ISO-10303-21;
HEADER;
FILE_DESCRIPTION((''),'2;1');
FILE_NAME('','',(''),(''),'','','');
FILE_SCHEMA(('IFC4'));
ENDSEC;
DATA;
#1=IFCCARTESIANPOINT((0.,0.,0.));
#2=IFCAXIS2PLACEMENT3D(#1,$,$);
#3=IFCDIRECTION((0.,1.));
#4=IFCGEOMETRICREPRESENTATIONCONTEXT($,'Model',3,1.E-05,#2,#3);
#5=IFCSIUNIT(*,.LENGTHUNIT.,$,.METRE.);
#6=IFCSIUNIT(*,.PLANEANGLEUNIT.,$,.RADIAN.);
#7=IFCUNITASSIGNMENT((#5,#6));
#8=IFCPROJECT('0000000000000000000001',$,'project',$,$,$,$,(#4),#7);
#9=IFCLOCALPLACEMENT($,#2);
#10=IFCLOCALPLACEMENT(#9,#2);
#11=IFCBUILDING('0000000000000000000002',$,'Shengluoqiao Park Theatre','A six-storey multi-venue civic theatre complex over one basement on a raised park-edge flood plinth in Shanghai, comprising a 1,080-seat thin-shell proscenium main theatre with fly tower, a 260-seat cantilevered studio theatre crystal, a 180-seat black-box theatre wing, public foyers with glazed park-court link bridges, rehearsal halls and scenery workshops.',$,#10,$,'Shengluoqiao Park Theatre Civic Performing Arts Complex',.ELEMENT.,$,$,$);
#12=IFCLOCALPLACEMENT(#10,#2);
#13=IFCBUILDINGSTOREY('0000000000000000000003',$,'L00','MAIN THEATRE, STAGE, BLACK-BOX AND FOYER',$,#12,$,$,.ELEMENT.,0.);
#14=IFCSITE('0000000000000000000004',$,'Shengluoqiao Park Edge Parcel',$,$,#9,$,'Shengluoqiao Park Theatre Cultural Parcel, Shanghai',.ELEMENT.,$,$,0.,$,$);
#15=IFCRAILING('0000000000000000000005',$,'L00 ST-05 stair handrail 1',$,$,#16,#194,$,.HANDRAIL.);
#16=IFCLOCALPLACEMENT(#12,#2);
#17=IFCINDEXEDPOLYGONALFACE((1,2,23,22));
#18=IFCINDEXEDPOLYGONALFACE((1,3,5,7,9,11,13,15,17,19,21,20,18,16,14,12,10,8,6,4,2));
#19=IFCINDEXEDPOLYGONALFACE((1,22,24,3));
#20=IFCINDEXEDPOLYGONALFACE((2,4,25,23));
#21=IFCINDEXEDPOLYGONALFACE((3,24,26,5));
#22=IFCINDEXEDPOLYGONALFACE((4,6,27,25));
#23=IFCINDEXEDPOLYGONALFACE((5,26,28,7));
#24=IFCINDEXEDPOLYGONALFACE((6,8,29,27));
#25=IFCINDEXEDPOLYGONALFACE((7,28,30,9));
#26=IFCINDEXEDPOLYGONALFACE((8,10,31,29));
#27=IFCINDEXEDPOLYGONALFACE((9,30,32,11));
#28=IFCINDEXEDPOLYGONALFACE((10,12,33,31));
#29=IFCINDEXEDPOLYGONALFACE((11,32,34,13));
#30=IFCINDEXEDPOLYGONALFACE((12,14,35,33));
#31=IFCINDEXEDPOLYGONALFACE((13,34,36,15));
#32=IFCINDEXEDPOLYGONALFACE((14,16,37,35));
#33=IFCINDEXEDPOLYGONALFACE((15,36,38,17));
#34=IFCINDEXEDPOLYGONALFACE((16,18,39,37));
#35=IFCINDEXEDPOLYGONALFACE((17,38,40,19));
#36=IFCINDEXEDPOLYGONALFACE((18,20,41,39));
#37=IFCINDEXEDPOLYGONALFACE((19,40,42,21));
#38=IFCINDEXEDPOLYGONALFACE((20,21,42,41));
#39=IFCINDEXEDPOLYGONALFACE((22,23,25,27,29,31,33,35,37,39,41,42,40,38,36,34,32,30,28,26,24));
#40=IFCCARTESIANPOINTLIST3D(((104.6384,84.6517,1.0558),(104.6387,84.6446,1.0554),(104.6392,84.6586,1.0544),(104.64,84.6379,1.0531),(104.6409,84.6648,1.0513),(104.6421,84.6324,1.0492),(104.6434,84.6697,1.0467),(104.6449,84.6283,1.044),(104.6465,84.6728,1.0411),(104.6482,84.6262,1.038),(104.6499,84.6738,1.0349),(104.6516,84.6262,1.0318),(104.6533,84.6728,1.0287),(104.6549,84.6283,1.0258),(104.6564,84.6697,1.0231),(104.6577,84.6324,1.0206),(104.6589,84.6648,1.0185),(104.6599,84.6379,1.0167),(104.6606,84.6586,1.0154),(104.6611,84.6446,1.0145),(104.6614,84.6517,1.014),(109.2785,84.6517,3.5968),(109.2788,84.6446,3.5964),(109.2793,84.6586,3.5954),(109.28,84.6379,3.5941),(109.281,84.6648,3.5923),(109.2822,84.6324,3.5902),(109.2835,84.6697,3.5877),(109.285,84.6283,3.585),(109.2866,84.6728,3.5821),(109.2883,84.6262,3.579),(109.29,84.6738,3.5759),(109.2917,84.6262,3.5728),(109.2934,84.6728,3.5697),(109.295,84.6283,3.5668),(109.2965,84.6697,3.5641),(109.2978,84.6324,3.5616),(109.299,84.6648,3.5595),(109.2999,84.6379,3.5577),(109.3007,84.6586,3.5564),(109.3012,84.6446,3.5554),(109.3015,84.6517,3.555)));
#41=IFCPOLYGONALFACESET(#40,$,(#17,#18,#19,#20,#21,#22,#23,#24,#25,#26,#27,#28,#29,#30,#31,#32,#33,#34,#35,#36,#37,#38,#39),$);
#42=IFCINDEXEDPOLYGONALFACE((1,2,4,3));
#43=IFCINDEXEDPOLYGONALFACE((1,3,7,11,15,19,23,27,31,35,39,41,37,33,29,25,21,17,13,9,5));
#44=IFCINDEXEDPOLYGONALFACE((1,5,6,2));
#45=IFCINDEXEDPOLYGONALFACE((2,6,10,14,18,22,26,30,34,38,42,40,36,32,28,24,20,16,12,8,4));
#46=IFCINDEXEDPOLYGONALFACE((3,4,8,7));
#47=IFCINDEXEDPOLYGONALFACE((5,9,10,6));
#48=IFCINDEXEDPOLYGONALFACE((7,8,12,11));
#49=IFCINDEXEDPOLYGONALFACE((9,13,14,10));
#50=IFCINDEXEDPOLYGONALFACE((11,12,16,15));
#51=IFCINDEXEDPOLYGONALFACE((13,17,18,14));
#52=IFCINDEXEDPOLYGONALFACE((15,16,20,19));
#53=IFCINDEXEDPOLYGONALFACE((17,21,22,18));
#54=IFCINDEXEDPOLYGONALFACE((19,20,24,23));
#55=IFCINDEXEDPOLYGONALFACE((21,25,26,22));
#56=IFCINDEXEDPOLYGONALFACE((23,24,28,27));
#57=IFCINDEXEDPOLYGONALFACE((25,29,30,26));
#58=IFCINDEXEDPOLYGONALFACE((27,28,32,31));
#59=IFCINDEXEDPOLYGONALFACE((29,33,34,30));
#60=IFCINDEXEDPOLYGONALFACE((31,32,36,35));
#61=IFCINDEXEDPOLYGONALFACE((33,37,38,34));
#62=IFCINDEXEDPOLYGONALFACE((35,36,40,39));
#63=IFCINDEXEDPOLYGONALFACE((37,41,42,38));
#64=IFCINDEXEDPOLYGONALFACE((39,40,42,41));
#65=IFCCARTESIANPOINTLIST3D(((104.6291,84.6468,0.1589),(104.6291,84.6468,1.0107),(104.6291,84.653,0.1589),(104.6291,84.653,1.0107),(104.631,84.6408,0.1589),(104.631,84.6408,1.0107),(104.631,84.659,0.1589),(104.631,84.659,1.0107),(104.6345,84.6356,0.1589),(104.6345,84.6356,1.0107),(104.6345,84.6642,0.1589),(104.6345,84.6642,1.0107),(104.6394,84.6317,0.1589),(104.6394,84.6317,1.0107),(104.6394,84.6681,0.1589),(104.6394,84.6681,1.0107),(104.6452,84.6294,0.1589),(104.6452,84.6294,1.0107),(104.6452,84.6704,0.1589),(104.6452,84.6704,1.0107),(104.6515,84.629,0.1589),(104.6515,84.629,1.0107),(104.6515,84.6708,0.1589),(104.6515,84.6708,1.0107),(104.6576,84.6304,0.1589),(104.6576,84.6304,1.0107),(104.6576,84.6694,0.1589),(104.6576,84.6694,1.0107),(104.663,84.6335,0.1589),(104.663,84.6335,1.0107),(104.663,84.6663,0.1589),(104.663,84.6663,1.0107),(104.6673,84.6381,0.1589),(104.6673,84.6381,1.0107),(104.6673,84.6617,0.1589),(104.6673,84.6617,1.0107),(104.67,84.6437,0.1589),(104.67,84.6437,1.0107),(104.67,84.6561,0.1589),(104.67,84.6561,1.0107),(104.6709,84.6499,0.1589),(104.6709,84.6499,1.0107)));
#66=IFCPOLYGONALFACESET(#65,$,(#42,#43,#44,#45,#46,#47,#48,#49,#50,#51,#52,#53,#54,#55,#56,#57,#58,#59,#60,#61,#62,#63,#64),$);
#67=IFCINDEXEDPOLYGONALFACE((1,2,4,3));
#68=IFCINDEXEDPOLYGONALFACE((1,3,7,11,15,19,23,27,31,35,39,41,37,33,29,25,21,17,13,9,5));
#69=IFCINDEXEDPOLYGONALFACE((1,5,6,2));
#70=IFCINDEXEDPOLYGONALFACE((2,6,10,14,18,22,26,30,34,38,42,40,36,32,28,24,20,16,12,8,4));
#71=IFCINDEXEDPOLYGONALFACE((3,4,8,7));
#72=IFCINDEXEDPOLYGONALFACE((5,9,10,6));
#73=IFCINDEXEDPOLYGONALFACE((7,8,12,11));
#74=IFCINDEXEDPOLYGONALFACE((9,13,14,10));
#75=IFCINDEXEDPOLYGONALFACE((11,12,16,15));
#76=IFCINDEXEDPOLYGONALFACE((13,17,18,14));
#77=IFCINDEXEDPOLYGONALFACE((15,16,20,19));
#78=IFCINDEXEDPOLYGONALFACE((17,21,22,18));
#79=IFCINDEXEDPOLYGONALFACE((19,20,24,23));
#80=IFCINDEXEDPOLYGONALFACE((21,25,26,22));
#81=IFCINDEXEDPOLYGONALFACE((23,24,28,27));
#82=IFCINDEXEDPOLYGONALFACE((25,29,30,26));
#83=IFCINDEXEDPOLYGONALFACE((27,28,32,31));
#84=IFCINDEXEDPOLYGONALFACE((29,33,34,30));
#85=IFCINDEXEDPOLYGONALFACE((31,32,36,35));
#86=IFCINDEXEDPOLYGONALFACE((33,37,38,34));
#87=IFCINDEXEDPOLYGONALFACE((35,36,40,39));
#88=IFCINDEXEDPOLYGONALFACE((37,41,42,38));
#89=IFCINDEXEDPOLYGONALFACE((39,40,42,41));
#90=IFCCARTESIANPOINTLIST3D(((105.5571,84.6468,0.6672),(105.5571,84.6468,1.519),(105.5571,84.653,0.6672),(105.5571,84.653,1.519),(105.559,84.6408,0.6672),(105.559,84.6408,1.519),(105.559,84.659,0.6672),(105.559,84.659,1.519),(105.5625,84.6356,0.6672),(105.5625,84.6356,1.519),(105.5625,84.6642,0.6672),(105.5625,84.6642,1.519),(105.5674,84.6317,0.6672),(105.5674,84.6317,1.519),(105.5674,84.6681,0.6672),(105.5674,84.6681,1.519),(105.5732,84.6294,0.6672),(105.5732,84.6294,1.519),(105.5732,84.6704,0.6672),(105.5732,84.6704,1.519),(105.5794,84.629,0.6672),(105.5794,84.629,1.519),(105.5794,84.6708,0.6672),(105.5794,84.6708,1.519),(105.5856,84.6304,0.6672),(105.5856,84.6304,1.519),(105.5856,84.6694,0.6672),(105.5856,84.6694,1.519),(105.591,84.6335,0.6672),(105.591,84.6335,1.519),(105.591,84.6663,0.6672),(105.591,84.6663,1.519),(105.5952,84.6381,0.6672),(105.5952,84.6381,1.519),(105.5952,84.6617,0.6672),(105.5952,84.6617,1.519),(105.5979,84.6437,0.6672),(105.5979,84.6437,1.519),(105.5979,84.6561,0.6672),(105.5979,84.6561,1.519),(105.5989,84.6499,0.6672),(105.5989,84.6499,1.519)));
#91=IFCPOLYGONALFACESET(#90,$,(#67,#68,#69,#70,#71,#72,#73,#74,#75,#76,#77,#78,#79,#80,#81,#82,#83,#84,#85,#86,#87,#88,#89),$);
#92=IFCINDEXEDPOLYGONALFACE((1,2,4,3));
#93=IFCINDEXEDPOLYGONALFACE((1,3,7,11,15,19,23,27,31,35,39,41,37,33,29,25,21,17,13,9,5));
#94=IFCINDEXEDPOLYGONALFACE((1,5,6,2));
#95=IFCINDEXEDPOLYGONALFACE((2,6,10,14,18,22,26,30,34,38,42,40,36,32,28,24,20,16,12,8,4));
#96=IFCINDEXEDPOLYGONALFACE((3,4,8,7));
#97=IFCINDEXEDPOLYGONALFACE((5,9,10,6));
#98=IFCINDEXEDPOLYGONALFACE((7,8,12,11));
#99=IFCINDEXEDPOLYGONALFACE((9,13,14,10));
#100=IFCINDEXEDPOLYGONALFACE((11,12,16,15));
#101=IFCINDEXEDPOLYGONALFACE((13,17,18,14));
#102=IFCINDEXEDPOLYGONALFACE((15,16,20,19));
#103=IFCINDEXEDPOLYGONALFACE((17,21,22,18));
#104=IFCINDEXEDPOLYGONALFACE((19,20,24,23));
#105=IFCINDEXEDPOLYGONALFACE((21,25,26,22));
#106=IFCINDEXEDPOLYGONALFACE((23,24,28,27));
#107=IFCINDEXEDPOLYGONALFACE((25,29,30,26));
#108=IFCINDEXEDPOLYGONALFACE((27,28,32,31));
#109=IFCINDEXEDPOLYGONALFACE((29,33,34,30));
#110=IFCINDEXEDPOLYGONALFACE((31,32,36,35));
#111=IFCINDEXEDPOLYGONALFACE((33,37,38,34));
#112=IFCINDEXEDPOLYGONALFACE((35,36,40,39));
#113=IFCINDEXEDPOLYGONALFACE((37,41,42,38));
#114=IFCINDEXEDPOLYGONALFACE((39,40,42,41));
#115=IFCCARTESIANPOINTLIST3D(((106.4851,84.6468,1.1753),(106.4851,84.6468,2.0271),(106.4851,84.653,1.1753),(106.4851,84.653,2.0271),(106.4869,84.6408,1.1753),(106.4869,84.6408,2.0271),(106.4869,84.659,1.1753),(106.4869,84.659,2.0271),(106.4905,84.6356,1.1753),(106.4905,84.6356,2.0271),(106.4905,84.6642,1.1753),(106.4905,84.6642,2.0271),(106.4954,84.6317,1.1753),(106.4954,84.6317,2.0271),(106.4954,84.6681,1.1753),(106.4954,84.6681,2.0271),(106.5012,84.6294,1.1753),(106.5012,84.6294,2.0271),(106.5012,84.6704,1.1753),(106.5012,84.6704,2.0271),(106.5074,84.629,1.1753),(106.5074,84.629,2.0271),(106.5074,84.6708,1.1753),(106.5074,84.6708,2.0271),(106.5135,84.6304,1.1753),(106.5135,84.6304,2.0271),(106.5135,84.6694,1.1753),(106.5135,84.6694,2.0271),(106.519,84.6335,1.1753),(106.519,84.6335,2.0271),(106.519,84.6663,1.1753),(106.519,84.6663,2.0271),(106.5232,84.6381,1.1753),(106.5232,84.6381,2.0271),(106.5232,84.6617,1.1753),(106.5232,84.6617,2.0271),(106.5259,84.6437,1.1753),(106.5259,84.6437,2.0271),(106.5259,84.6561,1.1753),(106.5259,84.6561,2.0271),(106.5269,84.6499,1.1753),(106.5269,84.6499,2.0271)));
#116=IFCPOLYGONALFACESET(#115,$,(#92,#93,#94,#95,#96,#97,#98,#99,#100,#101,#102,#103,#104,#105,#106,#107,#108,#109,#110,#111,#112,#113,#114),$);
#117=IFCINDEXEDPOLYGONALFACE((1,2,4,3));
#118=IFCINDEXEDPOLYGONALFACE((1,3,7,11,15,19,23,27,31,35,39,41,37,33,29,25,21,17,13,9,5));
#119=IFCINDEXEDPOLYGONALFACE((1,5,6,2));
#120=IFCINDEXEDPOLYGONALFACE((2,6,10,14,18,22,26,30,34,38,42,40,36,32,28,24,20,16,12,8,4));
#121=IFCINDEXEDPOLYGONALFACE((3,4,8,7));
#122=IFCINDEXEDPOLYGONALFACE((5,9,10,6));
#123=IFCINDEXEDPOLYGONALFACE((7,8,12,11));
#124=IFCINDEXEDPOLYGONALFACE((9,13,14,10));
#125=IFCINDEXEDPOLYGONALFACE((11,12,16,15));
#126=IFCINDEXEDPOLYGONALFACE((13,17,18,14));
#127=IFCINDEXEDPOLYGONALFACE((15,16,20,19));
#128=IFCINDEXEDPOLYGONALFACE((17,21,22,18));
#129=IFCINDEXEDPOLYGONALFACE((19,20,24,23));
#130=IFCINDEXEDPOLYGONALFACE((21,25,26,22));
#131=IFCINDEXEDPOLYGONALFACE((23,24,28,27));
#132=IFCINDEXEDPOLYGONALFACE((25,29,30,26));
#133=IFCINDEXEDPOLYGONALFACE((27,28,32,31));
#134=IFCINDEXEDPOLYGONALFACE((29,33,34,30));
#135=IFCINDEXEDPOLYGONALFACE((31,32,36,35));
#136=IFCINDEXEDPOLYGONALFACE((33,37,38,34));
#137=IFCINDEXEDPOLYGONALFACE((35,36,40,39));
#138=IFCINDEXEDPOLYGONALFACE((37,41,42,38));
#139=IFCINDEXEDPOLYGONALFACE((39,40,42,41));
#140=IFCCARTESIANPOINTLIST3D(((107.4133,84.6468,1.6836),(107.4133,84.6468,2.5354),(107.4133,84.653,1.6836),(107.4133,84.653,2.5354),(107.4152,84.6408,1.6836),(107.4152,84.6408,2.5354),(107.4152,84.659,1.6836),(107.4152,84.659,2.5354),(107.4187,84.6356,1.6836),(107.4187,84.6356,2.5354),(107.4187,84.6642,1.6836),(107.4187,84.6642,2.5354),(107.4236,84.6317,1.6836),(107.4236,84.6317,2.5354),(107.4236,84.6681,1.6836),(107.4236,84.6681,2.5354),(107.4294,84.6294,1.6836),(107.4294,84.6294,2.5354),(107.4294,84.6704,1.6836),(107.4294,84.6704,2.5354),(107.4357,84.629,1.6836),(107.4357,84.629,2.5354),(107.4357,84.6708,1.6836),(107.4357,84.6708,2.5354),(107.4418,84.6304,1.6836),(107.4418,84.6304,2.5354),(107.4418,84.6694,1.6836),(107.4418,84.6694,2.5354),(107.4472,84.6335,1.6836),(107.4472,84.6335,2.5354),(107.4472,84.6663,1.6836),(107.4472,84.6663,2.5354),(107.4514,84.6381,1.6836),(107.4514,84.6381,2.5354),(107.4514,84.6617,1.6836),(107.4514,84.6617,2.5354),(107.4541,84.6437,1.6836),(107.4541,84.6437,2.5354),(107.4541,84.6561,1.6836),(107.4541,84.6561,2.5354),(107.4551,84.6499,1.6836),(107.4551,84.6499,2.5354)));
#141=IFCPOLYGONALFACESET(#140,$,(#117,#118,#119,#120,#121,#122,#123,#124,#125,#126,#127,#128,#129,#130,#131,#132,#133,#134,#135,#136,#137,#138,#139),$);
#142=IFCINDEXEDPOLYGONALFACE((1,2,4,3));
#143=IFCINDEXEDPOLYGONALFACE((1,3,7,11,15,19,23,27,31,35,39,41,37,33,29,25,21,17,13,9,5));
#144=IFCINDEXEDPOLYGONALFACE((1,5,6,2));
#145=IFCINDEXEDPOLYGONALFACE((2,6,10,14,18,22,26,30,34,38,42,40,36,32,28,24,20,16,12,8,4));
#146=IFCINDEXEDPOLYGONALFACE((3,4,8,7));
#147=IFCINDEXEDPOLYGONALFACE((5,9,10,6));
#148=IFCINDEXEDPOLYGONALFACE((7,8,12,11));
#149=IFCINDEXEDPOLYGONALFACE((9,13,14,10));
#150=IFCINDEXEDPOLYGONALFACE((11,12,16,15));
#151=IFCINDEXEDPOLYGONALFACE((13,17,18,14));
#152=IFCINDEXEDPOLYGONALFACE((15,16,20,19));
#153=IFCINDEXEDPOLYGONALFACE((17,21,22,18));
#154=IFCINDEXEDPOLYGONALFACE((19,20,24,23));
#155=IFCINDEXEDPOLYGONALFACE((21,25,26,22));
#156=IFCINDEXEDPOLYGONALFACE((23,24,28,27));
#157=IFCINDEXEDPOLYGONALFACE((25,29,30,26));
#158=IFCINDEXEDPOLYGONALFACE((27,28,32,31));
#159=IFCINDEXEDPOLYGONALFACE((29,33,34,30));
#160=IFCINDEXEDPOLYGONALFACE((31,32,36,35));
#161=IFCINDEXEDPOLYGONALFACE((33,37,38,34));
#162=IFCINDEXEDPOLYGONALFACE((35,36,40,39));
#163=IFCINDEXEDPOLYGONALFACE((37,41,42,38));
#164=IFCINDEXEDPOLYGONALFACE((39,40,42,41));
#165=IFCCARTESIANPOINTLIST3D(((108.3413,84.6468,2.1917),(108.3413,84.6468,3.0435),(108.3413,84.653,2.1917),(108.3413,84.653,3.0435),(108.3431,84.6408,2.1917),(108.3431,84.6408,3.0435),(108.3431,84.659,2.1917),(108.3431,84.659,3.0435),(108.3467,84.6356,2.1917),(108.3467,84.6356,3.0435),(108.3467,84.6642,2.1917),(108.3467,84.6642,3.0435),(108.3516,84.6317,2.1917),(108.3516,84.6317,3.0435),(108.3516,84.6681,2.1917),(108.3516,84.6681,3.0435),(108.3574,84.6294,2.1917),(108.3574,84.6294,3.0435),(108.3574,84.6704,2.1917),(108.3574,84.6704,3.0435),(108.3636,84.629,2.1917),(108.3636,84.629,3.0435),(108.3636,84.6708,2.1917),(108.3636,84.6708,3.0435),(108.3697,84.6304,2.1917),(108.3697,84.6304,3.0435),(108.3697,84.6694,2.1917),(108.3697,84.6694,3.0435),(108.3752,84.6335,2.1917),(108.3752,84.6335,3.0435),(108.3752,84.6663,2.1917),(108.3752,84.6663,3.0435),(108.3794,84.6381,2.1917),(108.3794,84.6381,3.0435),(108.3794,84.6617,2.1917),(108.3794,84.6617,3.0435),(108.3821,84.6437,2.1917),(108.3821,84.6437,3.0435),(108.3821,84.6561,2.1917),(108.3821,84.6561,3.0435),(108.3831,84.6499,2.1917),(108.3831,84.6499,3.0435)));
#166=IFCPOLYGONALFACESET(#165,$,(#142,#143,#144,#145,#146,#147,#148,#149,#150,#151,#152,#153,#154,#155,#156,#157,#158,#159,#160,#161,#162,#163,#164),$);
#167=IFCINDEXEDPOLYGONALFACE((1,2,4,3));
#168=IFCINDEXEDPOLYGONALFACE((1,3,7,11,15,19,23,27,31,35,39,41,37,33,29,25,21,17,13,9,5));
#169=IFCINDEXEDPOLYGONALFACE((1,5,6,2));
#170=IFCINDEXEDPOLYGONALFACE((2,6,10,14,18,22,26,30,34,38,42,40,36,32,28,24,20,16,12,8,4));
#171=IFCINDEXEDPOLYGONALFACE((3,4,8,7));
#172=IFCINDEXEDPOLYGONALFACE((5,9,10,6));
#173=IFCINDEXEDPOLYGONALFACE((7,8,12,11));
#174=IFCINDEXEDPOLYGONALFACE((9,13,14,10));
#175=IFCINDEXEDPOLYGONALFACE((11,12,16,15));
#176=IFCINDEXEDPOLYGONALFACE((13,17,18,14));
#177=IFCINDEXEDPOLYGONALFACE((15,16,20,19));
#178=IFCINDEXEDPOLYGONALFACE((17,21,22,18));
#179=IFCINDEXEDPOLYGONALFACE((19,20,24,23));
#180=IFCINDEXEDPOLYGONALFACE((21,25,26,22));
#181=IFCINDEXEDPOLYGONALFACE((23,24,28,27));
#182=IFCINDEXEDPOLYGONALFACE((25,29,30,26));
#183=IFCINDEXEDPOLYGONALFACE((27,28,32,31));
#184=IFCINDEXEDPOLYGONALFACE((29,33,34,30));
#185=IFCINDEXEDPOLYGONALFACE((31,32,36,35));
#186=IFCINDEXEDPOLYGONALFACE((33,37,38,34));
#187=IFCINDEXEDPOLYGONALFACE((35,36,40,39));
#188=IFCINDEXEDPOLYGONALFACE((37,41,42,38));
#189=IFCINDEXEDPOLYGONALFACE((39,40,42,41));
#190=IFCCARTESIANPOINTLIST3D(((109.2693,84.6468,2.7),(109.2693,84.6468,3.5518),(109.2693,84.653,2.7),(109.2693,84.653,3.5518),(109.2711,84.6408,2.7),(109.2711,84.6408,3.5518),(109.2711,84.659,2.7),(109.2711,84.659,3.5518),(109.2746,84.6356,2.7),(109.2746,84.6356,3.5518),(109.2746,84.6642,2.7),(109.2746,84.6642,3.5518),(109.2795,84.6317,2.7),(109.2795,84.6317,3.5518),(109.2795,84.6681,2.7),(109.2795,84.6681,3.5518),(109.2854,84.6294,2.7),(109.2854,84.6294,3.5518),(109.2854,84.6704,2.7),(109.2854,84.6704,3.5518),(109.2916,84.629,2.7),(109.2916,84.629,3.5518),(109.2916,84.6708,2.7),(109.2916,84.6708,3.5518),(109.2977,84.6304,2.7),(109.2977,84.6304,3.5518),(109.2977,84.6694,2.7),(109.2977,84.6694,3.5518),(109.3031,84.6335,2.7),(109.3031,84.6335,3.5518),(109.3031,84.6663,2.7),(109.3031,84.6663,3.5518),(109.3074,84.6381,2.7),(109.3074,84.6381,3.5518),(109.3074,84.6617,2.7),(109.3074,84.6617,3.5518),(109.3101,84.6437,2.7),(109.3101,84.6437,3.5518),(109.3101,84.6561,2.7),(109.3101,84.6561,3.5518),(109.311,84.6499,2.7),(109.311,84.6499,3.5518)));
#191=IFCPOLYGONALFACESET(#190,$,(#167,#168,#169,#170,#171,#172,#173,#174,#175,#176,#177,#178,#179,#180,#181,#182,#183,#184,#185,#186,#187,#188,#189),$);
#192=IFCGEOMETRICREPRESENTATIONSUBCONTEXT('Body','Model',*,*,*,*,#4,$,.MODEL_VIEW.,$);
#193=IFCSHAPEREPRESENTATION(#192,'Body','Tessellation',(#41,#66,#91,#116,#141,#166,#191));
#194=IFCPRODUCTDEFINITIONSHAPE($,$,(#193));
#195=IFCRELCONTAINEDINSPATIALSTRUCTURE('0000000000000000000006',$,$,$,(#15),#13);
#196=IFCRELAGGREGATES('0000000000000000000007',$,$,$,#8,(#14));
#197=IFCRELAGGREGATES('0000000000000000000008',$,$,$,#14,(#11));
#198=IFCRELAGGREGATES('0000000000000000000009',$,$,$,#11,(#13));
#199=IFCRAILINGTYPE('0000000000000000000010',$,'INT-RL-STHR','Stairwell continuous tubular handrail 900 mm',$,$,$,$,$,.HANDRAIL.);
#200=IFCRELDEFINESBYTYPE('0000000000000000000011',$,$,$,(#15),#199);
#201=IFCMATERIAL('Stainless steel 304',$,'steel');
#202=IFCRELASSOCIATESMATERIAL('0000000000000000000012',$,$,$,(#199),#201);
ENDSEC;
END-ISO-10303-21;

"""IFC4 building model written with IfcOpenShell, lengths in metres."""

from ifc_helpers import new_model, si_unit, direction, frame, origin, origin_2d, place, context, subcontext, project, spatial, circle, extrude, material, type_object, element, save


model = new_model("IFC4")

# Units and contexts
model_context = context("Model", 3, precision=1e-05, world=origin(), true_north=direction((0.0, 1.0)))
body_context = subcontext(model_context, "Body", "Model", "MODEL_VIEW")
ifc_project = project(units=[si_unit("LENGTHUNIT", "METRE"), si_unit("PLANEANGLEUNIT", "RADIAN")], contexts=[model_context])

# Site, building, storey
site_placement = place(None, origin())
site = spatial("IfcSite", under=ifc_project, at=site_placement, Name="Shengluoqiao Park Edge Parcel", LongName="Shengluoqiao Park Theatre Cultural Parcel, Shanghai", CompositionType="ELEMENT", RefElevation=0.0)
building_placement = place(site_placement, origin())
building = spatial("IfcBuilding", under=site, at=building_placement, Name="Shengluoqiao Park Theatre", Description="A six-storey multi-venue civic theatre complex over one basement on a raised park-edge flood plinth in Shanghai, comprising a 1,080-seat thin-shell proscenium main theatre with fly tower, a 260-seat cantilevered studio theatre crystal, a 180-seat black-box theatre wing, public foyers with glazed park-court link bridges, rehearsal halls and scenery workshops.", LongName="Shengluoqiao Park Theatre Civic Performing Arts Complex", CompositionType="ELEMENT")
storey_placement = place(building_placement, origin())
storey = spatial("IfcBuildingStorey", under=building, at=storey_placement, Name="L00", Description="MAIN THEATRE, STAGE, BLACK-BOX AND FOYER", CompositionType="ELEMENT", Elevation=0.0)

# Shared definitions
ifc_material_1 = material(Name="Stainless steel 304", Category="steel")

# Railing
railing_type_1 = type_object("IfcRailingType", Name="INT-RL-STHR", Description="Stairwell continuous tubular handrail 900 mm", PredefinedType="HANDRAIL", material=ifc_material_1)
railing_1_placement = place(storey_placement, frame((104.6499, 84.6499, 0.1589)))
element("IfcRailing", 1, at=railing_1_placement, inside=storey, type_object=railing_type_1, Name="L00 ST-05 stair handrail 1", PredefinedType="HANDRAIL", context=body_context, shape_type="SweptSolid", body=[
    extrude(circle(Radius=0.0239, at=origin_2d()), frame((0.0, 0.0, 0.876), z_axis=(0.877097, 0.0, 0.480313), x_axis=(0.0, 1.0, 0.0)), (0.0, 0.0, 1.0), 5.2903),
    extrude(circle(Radius=0.021, at=origin_2d()), origin(), (0.0, 0.0, 1.0), 0.8518),
    extrude(circle(Radius=0.021, at=origin_2d()), frame((0.928, 0.0, 0.5083)), (0.0, 0.0, 1.0), 0.8518),
    extrude(circle(Radius=0.021, at=origin_2d()), frame((1.856, 0.0, 1.0164)), (0.0, 0.0, 1.0), 0.8518),
    extrude(circle(Radius=0.021, at=origin_2d()), frame((2.7842, 0.0, 1.5247)), (0.0, 0.0, 1.0), 0.8518),
    extrude(circle(Radius=0.021, at=origin_2d()), frame((3.7122, 0.0, 2.0327)), (0.0, 0.0, 1.0), 0.8518),
    extrude(circle(Radius=0.021, at=origin_2d()), frame((4.6401, 0.0, 2.541)), (0.0, 0.0, 1.0), 0.8518),
])

save(model, "model.ifc")
